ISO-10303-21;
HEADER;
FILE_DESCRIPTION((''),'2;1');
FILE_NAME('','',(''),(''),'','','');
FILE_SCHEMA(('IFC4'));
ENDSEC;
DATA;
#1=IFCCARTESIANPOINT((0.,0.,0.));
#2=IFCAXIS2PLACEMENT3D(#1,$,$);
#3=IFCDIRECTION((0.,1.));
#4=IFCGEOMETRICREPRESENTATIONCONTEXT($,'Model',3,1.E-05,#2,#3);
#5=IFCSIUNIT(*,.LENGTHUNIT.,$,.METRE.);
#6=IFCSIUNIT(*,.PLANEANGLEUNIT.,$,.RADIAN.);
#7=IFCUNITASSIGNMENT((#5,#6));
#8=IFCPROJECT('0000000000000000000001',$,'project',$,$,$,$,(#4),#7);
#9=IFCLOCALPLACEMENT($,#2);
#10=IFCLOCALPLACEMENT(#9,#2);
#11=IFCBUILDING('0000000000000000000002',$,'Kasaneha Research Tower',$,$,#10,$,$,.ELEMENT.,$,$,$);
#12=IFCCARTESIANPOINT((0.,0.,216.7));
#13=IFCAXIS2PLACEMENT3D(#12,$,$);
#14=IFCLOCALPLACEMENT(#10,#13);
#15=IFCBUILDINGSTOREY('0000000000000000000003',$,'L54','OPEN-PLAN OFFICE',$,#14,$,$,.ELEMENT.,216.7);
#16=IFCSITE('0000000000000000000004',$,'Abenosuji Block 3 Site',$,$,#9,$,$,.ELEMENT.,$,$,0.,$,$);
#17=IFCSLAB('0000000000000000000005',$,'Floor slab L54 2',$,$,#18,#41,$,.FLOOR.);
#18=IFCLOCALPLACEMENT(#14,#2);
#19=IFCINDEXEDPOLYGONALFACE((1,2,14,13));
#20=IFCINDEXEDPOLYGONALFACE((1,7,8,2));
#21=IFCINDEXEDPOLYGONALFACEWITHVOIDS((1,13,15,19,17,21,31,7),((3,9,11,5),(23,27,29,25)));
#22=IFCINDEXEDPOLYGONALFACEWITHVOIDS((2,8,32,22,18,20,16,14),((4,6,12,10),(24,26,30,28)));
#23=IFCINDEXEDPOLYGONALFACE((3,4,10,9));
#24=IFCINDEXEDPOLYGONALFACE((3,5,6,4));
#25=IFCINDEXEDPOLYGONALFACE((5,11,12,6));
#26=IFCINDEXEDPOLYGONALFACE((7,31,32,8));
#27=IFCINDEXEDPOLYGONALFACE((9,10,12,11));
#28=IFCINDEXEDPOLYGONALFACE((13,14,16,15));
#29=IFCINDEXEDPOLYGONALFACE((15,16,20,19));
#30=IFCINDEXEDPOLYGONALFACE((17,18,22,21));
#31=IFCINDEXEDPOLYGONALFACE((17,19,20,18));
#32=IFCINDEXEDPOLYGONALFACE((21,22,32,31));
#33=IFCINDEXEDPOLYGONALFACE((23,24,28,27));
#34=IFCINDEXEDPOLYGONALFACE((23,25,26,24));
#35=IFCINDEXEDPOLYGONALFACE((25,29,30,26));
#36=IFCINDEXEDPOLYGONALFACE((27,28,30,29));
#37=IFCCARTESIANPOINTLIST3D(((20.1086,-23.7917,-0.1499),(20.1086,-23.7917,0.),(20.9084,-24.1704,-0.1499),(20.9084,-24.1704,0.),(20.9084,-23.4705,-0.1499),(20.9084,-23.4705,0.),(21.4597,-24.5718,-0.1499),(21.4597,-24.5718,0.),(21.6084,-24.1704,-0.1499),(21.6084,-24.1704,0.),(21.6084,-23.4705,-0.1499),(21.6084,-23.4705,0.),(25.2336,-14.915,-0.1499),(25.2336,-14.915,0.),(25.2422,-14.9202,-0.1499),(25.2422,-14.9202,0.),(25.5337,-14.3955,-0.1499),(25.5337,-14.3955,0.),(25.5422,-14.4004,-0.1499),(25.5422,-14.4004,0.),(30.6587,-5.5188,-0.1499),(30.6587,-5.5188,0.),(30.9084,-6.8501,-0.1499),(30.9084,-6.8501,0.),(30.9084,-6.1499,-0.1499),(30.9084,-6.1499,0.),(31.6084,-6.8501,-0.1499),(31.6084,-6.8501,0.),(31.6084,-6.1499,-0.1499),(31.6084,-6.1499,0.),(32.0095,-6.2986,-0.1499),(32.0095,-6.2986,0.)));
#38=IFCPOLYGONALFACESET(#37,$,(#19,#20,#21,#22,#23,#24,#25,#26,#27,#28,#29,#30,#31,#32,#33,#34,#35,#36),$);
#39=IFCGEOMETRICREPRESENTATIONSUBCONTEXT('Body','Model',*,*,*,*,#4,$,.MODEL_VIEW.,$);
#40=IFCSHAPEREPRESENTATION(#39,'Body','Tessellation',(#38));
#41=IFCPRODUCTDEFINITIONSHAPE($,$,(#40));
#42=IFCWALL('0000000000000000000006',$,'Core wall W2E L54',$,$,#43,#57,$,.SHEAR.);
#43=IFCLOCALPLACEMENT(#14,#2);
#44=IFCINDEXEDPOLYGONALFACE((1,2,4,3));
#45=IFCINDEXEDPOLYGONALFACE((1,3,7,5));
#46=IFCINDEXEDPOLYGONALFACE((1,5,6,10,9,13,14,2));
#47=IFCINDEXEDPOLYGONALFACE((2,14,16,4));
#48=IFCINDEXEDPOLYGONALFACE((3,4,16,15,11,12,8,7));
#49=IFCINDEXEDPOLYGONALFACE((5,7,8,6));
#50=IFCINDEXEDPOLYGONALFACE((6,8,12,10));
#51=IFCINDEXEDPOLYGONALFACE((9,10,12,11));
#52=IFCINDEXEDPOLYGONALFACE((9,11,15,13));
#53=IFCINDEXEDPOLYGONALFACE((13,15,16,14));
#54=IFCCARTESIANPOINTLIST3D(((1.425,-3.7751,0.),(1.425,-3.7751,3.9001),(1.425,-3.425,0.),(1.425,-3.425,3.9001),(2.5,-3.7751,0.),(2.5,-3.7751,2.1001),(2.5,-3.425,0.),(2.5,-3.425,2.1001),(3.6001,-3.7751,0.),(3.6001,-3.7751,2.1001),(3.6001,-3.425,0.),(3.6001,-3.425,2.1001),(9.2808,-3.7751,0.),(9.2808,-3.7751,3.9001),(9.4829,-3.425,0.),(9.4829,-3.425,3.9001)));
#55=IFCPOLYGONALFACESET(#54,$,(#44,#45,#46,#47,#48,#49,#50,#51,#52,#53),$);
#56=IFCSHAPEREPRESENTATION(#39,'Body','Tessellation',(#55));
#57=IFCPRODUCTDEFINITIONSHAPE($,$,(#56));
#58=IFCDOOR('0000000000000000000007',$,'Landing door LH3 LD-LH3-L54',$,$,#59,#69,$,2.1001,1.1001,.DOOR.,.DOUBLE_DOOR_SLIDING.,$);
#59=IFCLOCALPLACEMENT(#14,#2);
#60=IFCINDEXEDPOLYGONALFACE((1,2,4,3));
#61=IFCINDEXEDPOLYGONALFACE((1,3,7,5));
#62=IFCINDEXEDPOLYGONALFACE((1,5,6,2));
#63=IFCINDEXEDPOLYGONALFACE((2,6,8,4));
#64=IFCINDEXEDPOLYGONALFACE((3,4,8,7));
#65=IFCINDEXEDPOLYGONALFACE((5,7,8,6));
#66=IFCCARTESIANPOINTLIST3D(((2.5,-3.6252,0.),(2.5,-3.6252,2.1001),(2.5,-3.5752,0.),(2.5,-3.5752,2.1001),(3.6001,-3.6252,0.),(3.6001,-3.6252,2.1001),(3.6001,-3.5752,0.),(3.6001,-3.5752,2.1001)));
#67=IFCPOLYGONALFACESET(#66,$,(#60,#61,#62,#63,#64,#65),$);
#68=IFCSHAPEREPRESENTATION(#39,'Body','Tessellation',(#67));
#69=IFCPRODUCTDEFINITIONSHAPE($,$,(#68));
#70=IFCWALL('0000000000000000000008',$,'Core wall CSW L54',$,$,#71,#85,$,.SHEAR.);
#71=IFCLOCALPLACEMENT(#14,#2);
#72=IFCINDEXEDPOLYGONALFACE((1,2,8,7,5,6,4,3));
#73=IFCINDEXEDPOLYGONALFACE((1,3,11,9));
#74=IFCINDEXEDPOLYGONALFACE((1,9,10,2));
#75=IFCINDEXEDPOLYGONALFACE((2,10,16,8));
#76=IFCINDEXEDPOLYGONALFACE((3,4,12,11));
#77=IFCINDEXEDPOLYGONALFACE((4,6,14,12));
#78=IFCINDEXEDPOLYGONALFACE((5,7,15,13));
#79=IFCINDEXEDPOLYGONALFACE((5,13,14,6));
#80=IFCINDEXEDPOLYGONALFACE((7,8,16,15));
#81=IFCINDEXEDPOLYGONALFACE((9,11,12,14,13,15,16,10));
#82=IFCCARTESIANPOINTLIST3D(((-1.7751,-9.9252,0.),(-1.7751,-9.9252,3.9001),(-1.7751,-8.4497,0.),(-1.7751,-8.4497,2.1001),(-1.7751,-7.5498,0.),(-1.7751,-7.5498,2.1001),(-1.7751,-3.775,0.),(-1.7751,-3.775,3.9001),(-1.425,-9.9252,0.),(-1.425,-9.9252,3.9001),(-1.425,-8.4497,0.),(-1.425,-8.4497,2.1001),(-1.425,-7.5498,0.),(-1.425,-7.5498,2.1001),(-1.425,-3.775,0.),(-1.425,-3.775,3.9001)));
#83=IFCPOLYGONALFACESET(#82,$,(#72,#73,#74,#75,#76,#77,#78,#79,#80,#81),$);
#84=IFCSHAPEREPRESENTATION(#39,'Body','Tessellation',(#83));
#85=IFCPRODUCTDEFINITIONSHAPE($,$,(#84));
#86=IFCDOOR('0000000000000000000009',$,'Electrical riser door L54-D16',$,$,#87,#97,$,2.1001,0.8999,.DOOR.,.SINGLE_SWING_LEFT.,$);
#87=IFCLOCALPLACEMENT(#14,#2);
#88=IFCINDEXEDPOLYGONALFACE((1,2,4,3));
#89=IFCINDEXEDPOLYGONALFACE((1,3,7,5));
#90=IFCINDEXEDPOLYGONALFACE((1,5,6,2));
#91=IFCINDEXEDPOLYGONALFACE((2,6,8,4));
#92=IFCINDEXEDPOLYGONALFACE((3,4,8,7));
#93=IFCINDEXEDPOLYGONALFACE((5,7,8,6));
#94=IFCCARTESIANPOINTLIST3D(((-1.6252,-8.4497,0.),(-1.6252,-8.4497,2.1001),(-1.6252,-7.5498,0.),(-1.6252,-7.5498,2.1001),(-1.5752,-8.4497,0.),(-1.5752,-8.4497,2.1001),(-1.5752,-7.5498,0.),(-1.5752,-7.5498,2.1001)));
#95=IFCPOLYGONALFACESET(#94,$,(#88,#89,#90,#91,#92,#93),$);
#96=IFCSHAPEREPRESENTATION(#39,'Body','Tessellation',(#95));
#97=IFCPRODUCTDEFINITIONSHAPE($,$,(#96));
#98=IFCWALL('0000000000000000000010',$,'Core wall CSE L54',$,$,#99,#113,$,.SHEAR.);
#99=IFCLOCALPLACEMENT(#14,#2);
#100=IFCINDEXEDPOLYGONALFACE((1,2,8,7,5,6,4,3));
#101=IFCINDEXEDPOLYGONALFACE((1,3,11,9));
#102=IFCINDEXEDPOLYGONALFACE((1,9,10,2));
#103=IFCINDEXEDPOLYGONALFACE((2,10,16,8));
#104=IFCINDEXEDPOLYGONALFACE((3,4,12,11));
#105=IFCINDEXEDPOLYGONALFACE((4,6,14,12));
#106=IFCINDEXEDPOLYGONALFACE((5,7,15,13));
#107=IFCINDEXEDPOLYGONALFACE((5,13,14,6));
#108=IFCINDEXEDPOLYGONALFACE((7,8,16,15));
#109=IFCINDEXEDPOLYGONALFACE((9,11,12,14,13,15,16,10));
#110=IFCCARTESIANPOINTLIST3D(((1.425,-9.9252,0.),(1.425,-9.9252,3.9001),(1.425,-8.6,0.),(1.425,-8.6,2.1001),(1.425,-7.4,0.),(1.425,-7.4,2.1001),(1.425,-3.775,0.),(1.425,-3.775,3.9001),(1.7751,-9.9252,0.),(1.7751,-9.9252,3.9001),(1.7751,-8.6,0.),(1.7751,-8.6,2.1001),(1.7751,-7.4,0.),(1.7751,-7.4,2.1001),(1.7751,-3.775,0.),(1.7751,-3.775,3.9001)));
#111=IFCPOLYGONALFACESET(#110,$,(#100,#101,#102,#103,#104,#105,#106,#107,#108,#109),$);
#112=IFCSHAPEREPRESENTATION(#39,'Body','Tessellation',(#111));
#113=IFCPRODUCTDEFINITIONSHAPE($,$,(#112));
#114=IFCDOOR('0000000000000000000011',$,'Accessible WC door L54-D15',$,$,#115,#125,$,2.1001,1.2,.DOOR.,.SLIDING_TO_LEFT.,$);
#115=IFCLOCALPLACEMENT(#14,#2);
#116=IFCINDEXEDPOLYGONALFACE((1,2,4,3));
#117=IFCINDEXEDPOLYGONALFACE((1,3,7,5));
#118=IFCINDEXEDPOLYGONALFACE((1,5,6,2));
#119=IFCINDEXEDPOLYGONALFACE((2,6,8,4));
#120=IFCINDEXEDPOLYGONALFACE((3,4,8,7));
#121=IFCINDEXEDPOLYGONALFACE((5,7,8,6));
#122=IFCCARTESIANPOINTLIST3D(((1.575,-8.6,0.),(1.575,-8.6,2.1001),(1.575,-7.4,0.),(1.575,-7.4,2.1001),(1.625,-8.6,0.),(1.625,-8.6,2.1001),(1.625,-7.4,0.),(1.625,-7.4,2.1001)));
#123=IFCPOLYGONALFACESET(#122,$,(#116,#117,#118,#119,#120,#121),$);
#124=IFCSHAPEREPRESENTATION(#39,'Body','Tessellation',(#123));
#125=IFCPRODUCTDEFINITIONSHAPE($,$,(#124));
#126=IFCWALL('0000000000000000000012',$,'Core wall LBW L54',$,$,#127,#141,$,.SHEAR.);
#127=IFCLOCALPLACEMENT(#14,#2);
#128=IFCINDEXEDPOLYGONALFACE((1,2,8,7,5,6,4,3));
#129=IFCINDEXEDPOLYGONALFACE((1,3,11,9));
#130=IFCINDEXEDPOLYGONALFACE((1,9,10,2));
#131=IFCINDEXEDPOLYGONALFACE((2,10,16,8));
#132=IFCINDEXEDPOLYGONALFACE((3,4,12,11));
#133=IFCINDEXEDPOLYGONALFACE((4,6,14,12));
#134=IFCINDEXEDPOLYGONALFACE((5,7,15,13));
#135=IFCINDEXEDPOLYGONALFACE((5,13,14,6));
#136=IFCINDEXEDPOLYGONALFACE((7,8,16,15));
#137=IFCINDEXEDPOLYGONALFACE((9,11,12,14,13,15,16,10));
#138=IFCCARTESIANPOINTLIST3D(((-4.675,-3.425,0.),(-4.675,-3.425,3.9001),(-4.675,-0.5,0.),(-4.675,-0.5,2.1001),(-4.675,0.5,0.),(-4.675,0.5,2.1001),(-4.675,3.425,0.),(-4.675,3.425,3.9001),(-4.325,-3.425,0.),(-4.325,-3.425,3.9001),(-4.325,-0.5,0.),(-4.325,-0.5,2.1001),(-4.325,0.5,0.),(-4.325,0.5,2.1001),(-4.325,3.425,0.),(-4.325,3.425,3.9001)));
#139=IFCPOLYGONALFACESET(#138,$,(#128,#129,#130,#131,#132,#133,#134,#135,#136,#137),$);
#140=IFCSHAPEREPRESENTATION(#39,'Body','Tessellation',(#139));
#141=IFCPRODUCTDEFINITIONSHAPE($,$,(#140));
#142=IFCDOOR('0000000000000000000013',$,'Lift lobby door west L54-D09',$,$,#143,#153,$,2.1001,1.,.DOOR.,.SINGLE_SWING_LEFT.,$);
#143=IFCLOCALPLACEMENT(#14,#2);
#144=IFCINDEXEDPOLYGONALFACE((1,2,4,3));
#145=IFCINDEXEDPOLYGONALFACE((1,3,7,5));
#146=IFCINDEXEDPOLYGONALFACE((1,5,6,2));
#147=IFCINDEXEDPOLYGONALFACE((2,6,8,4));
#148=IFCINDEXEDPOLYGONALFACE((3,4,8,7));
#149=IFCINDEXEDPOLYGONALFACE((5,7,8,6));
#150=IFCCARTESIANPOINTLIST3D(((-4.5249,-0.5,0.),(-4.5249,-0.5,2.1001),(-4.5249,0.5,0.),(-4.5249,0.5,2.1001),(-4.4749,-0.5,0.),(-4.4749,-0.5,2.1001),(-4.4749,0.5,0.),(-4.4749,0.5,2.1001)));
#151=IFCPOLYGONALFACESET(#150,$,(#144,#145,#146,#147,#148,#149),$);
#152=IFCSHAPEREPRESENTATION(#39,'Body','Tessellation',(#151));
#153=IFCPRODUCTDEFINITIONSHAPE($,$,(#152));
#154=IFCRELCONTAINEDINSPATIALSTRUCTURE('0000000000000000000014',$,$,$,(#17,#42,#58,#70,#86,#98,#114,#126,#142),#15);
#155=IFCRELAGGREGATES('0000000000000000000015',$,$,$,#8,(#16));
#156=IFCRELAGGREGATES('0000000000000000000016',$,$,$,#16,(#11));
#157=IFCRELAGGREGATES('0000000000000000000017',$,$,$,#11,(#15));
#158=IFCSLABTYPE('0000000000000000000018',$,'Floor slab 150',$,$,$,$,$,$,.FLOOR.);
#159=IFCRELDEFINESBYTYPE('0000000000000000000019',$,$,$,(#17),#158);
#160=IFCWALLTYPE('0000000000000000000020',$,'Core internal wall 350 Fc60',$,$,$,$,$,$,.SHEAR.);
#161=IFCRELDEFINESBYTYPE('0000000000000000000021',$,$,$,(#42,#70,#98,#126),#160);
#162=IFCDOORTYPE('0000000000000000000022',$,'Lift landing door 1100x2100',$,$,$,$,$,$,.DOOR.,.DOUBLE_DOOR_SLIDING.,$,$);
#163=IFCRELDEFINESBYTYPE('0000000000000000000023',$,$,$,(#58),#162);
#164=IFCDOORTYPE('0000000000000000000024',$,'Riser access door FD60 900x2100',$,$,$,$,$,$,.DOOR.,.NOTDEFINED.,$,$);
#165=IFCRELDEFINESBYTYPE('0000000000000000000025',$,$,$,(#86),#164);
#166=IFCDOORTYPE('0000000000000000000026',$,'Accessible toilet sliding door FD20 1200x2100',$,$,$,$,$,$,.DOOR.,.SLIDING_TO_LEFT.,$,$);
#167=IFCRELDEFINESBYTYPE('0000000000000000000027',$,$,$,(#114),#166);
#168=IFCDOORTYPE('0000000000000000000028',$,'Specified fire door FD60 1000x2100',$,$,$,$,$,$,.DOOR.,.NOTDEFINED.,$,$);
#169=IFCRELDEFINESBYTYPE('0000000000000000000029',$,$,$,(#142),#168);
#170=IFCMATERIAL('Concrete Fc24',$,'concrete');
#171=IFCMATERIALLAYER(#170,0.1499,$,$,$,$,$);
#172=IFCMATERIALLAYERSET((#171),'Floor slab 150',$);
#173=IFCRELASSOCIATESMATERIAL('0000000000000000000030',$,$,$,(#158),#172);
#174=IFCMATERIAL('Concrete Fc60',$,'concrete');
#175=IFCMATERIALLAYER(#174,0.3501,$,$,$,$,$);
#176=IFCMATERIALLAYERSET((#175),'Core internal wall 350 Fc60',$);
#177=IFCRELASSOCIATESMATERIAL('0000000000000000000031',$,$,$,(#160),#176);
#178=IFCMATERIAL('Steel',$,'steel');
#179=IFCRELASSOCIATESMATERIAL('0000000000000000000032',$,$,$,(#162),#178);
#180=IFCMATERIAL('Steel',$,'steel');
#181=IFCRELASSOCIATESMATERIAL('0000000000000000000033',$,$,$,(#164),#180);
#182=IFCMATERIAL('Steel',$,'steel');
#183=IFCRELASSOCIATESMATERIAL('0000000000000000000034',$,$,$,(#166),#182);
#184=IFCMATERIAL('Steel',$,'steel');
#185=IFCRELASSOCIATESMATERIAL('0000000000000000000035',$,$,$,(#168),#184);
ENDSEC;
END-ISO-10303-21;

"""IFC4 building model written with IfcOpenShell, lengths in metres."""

from ifc_helpers import new_model, si_unit, direction, frame, frame_2d, origin, place, context, subcontext, project, spatial, polyline, rectangle, outline, extrude, material, layer, layer_set, type_object, element, fill, save


model = new_model("IFC4")

# Units and contexts
model_context = context("Model", 3, precision=1e-05, world=origin(), true_north=direction((0.0, 1.0)))
body_context = subcontext(model_context, "Body", "Model", "MODEL_VIEW")
ifc_project = project(units=[si_unit("LENGTHUNIT", "METRE"), si_unit("PLANEANGLEUNIT", "RADIAN")], contexts=[model_context])

# Site, building, storey
site_placement = place(None, origin())
site = spatial("IfcSite", under=ifc_project, at=site_placement, Name="Abenosuji Block 3 Site", CompositionType="ELEMENT", RefElevation=0.0)
building_placement = place(site_placement, origin())
building = spatial("IfcBuilding", under=site, at=building_placement, Name="Kasaneha Research Tower", CompositionType="ELEMENT")
storey_placement = place(building_placement, frame((0.0, 0.0, 216.7)))
storey = spatial("IfcBuildingStorey", under=building, at=storey_placement, Name="L54", Description="OPEN-PLAN OFFICE", CompositionType="ELEMENT", Elevation=216.7)

# Slab
ifc_material_1 = material(Name="Concrete Fc24", Category="concrete")
ifc_layer_1 = layer(ifc_material_1, 0.1499)
ifc_layer_set_1 = layer_set([ifc_layer_1], Name="Floor slab 150")
slab_type_1 = type_object("IfcSlabType", Name="Floor slab 150", PredefinedType="FLOOR", material=ifc_layer_set_1)
slab_1_placement = place(storey_placement, frame((0.0, 0.0, -0.1499)))
element("IfcSlab", 1, at=slab_1_placement, inside=storey, type_object=slab_type_1, Name="Floor slab L54 2", PredefinedType="FLOOR", context=body_context, shape_type="SweptSolid", body=[
    extrude(outline(polyline([(20.1086, -23.7917), (25.2336, -14.915), (25.2422, -14.9202), (25.5422, -14.4004), (25.5337, -14.3955), (30.6587, -5.5188), (32.0095, -6.2986), (21.4597, -24.5718), (20.1086, -23.7917)]), holes=[polyline([(20.9084, -23.4705), (20.9084, -24.1704), (21.6084, -24.1704), (21.6084, -23.4705), (20.9084, -23.4705)]), polyline([(30.9084, -6.1499), (30.9084, -6.8501), (31.6084, -6.8501), (31.6084, -6.1499), (30.9084, -6.1499)])]), origin(), (0.0, 0.0, 1.0), 0.1499),
])

# Walls, openings, doors
ifc_material_2 = material(Name="Concrete Fc60", Category="concrete")
ifc_layer_2 = layer(ifc_material_2, 0.3501)
ifc_layer_set_2 = layer_set([ifc_layer_2], Name="Core internal wall 350 Fc60")
wall_type = type_object("IfcWallType", Name="Core internal wall 350 Fc60", PredefinedType="SHEAR", material=ifc_layer_set_2)
wall_1_placement = place(storey_placement, frame((1.425, -3.6001, 0.0), z_axis=(0.0, 0.0, 1.0), x_axis=(1.0, 0.0, 0.0)))
wall_1 = element("IfcWall", 2, at=wall_1_placement, inside=storey, type_object=wall_type, Name="Core wall W2E L54", PredefinedType="SHEAR", context=body_context, shape_type="SweptSolid", body=[
    extrude(outline(polyline([(0.0, -0.175), (1.075, -0.175), (2.175, -0.175), (7.8557, -0.175), (8.0579, 0.175), (2.175, 0.175), (1.075, 0.175), (0.0, 0.175), (0.0, -0.175)])), origin(), (0.0, 0.0, 1.0), 3.9001),
])
opening_1_placement = place(wall_1_placement, frame((1.075, 0.0, 0.0)))
opening_1 = element("IfcOpeningElement", 3, at=opening_1_placement, cuts=wall_1, PredefinedType="OPENING", context=body_context, shape_type="SweptSolid", body=[
    extrude(rectangle(XDim=1.1001, YDim=2.1001, at=frame_2d((0.55, 1.05))), frame((0.0, 0.1851, 0.0), z_axis=(0.0, -1.0, 0.0), x_axis=(1.0, 0.0, 0.0)), (0.0, 0.0, 1.0), 0.3701),
])
ifc_material_3 = material(Name="Steel", Category="steel")
door_type_1 = type_object("IfcDoorType", Name="Lift landing door 1100x2100", OperationType="DOUBLE_DOOR_SLIDING", PredefinedType="DOOR", material=ifc_material_3)
door_1_placement = place(opening_1_placement, origin())
door_1 = element("IfcDoor", 4, at=door_1_placement, inside=storey, type_object=door_type_1, Name="Landing door LH3 LD-LH3-L54", OperationType="DOUBLE_DOOR_SLIDING", OverallHeight=2.1001, OverallWidth=1.1001, PredefinedType="DOOR", context=body_context, shape_type="SweptSolid", body=[
    extrude(rectangle(XDim=1.1001, YDim=2.1001, at=frame_2d((0.55, 1.05))), frame((0.0, 0.0249, 0.0), z_axis=(0.0, -1.0, 0.0), x_axis=(1.0, 0.0, 0.0)), (0.0, 0.0, 1.0), 0.05),
])
fill(opening_1, door_1)
wall_2_placement = place(storey_placement, frame((-1.6001, -3.7749, 0.0), z_axis=(0.0, 0.0, 1.0), x_axis=(0.0, -1.0, 0.0)))
wall_2 = element("IfcWall", 5, at=wall_2_placement, inside=storey, type_object=wall_type, Name="Core wall CSW L54", PredefinedType="SHEAR", context=body_context, shape_type="SweptSolid", body=[
    extrude(rectangle(XDim=6.1501, YDim=0.3501, at=frame_2d((3.0752, 0.0))), origin(), (0.0, 0.0, 1.0), 3.9001),
])
opening_2_placement = place(wall_2_placement, frame((3.7749, 0.0, 0.0)))
opening_2 = element("IfcOpeningElement", 6, at=opening_2_placement, cuts=wall_2, PredefinedType="OPENING", context=body_context, shape_type="SweptSolid", body=[
    extrude(rectangle(XDim=0.8999, YDim=2.1001, at=frame_2d((0.45, 1.05))), frame((0.0, 0.1851, 0.0), z_axis=(0.0, -1.0, 0.0), x_axis=(1.0, 0.0, 0.0)), (0.0, 0.0, 1.0), 0.3701),
])
ifc_material_4 = material(Name="Steel", Category="steel")
door_type_2 = type_object("IfcDoorType", Name="Riser access door FD60 900x2100", OperationType="NOTDEFINED", PredefinedType="DOOR", material=ifc_material_4)
door_2_placement = place(opening_2_placement, origin())
door_2 = element("IfcDoor", 7, at=door_2_placement, inside=storey, type_object=door_type_2, Name="Electrical riser door L54-D16", OperationType="SINGLE_SWING_LEFT", OverallHeight=2.1001, OverallWidth=0.8999, PredefinedType="DOOR", context=body_context, shape_type="SweptSolid", body=[
    extrude(rectangle(XDim=0.8999, YDim=2.1001, at=frame_2d((0.45, 1.05))), frame((0.0, 0.0249, 0.0), z_axis=(0.0, -1.0, 0.0), x_axis=(1.0, 0.0, 0.0)), (0.0, 0.0, 1.0), 0.05),
])
fill(opening_2, door_2)
wall_3_placement = place(storey_placement, frame((1.6001, -3.7749, 0.0), z_axis=(0.0, 0.0, 1.0), x_axis=(0.0, -1.0, 0.0)))
wall_3 = element("IfcWall", 8, at=wall_3_placement, inside=storey, type_object=wall_type, Name="Core wall CSE L54", PredefinedType="SHEAR", context=body_context, shape_type="SweptSolid", body=[
    extrude(rectangle(XDim=6.1501, YDim=0.3501, at=frame_2d((3.0752, 0.0))), origin(), (0.0, 0.0, 1.0), 3.9001),
])
opening_3_placement = place(wall_3_placement, frame((3.625, 0.0, 0.0)))
opening_3 = element("IfcOpeningElement", 9, at=opening_3_placement, cuts=wall_3, PredefinedType="OPENING", context=body_context, shape_type="SweptSolid", body=[
    extrude(rectangle(XDim=1.2, YDim=2.1001, at=frame_2d((0.6001, 1.05))), frame((0.0, 0.1851, 0.0), z_axis=(0.0, -1.0, 0.0), x_axis=(1.0, 0.0, 0.0)), (0.0, 0.0, 1.0), 0.3701),
])
ifc_material_5 = material(Name="Steel", Category="steel")
door_type_3 = type_object("IfcDoorType", Name="Accessible toilet sliding door FD20 1200x2100", OperationType="SLIDING_TO_LEFT", PredefinedType="DOOR", material=ifc_material_5)
door_3_placement = place(opening_3_placement, origin())
door_3 = element("IfcDoor", 10, at=door_3_placement, inside=storey, type_object=door_type_3, Name="Accessible WC door L54-D15", OperationType="SLIDING_TO_LEFT", OverallHeight=2.1001, OverallWidth=1.2, PredefinedType="DOOR", context=body_context, shape_type="SweptSolid", body=[
    extrude(rectangle(XDim=1.2, YDim=2.1001, at=frame_2d((0.6001, 1.05))), frame((0.0, 0.0249, 0.0), z_axis=(0.0, -1.0, 0.0), x_axis=(1.0, 0.0, 0.0)), (0.0, 0.0, 1.0), 0.05),
])
fill(opening_3, door_3)
wall_4_placement = place(storey_placement, frame((-4.5, -3.425, 0.0), z_axis=(0.0, 0.0, 1.0), x_axis=(0.0, 1.0, 0.0)))
wall_4 = element("IfcWall", 11, at=wall_4_placement, inside=storey, type_object=wall_type, Name="Core wall LBW L54", PredefinedType="SHEAR", context=body_context, shape_type="SweptSolid", body=[
    extrude(rectangle(XDim=6.8501, YDim=0.3501, at=frame_2d((3.425, 0.0))), origin(), (0.0, 0.0, 1.0), 3.9001),
])
opening_4_placement = place(wall_4_placement, frame((2.925, 0.0, 0.0)))
opening_4 = element("IfcOpeningElement", 12, at=opening_4_placement, cuts=wall_4, PredefinedType="OPENING", context=body_context, shape_type="SweptSolid", body=[
    extrude(rectangle(XDim=1.0, YDim=2.1001, at=frame_2d((0.5, 1.05))), frame((0.0, 0.1851, 0.0), z_axis=(0.0, -1.0, 0.0), x_axis=(1.0, 0.0, 0.0)), (0.0, 0.0, 1.0), 0.3701),
])
ifc_material_6 = material(Name="Steel", Category="steel")
door_type_4 = type_object("IfcDoorType", Name="Specified fire door FD60 1000x2100", OperationType="NOTDEFINED", PredefinedType="DOOR", material=ifc_material_6)
door_4_placement = place(opening_4_placement, origin())
door_4 = element("IfcDoor", 13, at=door_4_placement, inside=storey, type_object=door_type_4, Name="Lift lobby door west L54-D09", OperationType="SINGLE_SWING_LEFT", OverallHeight=2.1001, OverallWidth=1.0, PredefinedType="DOOR", context=body_context, shape_type="SweptSolid", body=[
    extrude(rectangle(XDim=1.0, YDim=2.1001, at=frame_2d((0.5, 1.05))), frame((0.0, 0.0249, 0.0), z_axis=(0.0, -1.0, 0.0), x_axis=(1.0, 0.0, 0.0)), (0.0, 0.0, 1.0), 0.05),
])
fill(opening_4, door_4)

save(model, "model.ifc")
